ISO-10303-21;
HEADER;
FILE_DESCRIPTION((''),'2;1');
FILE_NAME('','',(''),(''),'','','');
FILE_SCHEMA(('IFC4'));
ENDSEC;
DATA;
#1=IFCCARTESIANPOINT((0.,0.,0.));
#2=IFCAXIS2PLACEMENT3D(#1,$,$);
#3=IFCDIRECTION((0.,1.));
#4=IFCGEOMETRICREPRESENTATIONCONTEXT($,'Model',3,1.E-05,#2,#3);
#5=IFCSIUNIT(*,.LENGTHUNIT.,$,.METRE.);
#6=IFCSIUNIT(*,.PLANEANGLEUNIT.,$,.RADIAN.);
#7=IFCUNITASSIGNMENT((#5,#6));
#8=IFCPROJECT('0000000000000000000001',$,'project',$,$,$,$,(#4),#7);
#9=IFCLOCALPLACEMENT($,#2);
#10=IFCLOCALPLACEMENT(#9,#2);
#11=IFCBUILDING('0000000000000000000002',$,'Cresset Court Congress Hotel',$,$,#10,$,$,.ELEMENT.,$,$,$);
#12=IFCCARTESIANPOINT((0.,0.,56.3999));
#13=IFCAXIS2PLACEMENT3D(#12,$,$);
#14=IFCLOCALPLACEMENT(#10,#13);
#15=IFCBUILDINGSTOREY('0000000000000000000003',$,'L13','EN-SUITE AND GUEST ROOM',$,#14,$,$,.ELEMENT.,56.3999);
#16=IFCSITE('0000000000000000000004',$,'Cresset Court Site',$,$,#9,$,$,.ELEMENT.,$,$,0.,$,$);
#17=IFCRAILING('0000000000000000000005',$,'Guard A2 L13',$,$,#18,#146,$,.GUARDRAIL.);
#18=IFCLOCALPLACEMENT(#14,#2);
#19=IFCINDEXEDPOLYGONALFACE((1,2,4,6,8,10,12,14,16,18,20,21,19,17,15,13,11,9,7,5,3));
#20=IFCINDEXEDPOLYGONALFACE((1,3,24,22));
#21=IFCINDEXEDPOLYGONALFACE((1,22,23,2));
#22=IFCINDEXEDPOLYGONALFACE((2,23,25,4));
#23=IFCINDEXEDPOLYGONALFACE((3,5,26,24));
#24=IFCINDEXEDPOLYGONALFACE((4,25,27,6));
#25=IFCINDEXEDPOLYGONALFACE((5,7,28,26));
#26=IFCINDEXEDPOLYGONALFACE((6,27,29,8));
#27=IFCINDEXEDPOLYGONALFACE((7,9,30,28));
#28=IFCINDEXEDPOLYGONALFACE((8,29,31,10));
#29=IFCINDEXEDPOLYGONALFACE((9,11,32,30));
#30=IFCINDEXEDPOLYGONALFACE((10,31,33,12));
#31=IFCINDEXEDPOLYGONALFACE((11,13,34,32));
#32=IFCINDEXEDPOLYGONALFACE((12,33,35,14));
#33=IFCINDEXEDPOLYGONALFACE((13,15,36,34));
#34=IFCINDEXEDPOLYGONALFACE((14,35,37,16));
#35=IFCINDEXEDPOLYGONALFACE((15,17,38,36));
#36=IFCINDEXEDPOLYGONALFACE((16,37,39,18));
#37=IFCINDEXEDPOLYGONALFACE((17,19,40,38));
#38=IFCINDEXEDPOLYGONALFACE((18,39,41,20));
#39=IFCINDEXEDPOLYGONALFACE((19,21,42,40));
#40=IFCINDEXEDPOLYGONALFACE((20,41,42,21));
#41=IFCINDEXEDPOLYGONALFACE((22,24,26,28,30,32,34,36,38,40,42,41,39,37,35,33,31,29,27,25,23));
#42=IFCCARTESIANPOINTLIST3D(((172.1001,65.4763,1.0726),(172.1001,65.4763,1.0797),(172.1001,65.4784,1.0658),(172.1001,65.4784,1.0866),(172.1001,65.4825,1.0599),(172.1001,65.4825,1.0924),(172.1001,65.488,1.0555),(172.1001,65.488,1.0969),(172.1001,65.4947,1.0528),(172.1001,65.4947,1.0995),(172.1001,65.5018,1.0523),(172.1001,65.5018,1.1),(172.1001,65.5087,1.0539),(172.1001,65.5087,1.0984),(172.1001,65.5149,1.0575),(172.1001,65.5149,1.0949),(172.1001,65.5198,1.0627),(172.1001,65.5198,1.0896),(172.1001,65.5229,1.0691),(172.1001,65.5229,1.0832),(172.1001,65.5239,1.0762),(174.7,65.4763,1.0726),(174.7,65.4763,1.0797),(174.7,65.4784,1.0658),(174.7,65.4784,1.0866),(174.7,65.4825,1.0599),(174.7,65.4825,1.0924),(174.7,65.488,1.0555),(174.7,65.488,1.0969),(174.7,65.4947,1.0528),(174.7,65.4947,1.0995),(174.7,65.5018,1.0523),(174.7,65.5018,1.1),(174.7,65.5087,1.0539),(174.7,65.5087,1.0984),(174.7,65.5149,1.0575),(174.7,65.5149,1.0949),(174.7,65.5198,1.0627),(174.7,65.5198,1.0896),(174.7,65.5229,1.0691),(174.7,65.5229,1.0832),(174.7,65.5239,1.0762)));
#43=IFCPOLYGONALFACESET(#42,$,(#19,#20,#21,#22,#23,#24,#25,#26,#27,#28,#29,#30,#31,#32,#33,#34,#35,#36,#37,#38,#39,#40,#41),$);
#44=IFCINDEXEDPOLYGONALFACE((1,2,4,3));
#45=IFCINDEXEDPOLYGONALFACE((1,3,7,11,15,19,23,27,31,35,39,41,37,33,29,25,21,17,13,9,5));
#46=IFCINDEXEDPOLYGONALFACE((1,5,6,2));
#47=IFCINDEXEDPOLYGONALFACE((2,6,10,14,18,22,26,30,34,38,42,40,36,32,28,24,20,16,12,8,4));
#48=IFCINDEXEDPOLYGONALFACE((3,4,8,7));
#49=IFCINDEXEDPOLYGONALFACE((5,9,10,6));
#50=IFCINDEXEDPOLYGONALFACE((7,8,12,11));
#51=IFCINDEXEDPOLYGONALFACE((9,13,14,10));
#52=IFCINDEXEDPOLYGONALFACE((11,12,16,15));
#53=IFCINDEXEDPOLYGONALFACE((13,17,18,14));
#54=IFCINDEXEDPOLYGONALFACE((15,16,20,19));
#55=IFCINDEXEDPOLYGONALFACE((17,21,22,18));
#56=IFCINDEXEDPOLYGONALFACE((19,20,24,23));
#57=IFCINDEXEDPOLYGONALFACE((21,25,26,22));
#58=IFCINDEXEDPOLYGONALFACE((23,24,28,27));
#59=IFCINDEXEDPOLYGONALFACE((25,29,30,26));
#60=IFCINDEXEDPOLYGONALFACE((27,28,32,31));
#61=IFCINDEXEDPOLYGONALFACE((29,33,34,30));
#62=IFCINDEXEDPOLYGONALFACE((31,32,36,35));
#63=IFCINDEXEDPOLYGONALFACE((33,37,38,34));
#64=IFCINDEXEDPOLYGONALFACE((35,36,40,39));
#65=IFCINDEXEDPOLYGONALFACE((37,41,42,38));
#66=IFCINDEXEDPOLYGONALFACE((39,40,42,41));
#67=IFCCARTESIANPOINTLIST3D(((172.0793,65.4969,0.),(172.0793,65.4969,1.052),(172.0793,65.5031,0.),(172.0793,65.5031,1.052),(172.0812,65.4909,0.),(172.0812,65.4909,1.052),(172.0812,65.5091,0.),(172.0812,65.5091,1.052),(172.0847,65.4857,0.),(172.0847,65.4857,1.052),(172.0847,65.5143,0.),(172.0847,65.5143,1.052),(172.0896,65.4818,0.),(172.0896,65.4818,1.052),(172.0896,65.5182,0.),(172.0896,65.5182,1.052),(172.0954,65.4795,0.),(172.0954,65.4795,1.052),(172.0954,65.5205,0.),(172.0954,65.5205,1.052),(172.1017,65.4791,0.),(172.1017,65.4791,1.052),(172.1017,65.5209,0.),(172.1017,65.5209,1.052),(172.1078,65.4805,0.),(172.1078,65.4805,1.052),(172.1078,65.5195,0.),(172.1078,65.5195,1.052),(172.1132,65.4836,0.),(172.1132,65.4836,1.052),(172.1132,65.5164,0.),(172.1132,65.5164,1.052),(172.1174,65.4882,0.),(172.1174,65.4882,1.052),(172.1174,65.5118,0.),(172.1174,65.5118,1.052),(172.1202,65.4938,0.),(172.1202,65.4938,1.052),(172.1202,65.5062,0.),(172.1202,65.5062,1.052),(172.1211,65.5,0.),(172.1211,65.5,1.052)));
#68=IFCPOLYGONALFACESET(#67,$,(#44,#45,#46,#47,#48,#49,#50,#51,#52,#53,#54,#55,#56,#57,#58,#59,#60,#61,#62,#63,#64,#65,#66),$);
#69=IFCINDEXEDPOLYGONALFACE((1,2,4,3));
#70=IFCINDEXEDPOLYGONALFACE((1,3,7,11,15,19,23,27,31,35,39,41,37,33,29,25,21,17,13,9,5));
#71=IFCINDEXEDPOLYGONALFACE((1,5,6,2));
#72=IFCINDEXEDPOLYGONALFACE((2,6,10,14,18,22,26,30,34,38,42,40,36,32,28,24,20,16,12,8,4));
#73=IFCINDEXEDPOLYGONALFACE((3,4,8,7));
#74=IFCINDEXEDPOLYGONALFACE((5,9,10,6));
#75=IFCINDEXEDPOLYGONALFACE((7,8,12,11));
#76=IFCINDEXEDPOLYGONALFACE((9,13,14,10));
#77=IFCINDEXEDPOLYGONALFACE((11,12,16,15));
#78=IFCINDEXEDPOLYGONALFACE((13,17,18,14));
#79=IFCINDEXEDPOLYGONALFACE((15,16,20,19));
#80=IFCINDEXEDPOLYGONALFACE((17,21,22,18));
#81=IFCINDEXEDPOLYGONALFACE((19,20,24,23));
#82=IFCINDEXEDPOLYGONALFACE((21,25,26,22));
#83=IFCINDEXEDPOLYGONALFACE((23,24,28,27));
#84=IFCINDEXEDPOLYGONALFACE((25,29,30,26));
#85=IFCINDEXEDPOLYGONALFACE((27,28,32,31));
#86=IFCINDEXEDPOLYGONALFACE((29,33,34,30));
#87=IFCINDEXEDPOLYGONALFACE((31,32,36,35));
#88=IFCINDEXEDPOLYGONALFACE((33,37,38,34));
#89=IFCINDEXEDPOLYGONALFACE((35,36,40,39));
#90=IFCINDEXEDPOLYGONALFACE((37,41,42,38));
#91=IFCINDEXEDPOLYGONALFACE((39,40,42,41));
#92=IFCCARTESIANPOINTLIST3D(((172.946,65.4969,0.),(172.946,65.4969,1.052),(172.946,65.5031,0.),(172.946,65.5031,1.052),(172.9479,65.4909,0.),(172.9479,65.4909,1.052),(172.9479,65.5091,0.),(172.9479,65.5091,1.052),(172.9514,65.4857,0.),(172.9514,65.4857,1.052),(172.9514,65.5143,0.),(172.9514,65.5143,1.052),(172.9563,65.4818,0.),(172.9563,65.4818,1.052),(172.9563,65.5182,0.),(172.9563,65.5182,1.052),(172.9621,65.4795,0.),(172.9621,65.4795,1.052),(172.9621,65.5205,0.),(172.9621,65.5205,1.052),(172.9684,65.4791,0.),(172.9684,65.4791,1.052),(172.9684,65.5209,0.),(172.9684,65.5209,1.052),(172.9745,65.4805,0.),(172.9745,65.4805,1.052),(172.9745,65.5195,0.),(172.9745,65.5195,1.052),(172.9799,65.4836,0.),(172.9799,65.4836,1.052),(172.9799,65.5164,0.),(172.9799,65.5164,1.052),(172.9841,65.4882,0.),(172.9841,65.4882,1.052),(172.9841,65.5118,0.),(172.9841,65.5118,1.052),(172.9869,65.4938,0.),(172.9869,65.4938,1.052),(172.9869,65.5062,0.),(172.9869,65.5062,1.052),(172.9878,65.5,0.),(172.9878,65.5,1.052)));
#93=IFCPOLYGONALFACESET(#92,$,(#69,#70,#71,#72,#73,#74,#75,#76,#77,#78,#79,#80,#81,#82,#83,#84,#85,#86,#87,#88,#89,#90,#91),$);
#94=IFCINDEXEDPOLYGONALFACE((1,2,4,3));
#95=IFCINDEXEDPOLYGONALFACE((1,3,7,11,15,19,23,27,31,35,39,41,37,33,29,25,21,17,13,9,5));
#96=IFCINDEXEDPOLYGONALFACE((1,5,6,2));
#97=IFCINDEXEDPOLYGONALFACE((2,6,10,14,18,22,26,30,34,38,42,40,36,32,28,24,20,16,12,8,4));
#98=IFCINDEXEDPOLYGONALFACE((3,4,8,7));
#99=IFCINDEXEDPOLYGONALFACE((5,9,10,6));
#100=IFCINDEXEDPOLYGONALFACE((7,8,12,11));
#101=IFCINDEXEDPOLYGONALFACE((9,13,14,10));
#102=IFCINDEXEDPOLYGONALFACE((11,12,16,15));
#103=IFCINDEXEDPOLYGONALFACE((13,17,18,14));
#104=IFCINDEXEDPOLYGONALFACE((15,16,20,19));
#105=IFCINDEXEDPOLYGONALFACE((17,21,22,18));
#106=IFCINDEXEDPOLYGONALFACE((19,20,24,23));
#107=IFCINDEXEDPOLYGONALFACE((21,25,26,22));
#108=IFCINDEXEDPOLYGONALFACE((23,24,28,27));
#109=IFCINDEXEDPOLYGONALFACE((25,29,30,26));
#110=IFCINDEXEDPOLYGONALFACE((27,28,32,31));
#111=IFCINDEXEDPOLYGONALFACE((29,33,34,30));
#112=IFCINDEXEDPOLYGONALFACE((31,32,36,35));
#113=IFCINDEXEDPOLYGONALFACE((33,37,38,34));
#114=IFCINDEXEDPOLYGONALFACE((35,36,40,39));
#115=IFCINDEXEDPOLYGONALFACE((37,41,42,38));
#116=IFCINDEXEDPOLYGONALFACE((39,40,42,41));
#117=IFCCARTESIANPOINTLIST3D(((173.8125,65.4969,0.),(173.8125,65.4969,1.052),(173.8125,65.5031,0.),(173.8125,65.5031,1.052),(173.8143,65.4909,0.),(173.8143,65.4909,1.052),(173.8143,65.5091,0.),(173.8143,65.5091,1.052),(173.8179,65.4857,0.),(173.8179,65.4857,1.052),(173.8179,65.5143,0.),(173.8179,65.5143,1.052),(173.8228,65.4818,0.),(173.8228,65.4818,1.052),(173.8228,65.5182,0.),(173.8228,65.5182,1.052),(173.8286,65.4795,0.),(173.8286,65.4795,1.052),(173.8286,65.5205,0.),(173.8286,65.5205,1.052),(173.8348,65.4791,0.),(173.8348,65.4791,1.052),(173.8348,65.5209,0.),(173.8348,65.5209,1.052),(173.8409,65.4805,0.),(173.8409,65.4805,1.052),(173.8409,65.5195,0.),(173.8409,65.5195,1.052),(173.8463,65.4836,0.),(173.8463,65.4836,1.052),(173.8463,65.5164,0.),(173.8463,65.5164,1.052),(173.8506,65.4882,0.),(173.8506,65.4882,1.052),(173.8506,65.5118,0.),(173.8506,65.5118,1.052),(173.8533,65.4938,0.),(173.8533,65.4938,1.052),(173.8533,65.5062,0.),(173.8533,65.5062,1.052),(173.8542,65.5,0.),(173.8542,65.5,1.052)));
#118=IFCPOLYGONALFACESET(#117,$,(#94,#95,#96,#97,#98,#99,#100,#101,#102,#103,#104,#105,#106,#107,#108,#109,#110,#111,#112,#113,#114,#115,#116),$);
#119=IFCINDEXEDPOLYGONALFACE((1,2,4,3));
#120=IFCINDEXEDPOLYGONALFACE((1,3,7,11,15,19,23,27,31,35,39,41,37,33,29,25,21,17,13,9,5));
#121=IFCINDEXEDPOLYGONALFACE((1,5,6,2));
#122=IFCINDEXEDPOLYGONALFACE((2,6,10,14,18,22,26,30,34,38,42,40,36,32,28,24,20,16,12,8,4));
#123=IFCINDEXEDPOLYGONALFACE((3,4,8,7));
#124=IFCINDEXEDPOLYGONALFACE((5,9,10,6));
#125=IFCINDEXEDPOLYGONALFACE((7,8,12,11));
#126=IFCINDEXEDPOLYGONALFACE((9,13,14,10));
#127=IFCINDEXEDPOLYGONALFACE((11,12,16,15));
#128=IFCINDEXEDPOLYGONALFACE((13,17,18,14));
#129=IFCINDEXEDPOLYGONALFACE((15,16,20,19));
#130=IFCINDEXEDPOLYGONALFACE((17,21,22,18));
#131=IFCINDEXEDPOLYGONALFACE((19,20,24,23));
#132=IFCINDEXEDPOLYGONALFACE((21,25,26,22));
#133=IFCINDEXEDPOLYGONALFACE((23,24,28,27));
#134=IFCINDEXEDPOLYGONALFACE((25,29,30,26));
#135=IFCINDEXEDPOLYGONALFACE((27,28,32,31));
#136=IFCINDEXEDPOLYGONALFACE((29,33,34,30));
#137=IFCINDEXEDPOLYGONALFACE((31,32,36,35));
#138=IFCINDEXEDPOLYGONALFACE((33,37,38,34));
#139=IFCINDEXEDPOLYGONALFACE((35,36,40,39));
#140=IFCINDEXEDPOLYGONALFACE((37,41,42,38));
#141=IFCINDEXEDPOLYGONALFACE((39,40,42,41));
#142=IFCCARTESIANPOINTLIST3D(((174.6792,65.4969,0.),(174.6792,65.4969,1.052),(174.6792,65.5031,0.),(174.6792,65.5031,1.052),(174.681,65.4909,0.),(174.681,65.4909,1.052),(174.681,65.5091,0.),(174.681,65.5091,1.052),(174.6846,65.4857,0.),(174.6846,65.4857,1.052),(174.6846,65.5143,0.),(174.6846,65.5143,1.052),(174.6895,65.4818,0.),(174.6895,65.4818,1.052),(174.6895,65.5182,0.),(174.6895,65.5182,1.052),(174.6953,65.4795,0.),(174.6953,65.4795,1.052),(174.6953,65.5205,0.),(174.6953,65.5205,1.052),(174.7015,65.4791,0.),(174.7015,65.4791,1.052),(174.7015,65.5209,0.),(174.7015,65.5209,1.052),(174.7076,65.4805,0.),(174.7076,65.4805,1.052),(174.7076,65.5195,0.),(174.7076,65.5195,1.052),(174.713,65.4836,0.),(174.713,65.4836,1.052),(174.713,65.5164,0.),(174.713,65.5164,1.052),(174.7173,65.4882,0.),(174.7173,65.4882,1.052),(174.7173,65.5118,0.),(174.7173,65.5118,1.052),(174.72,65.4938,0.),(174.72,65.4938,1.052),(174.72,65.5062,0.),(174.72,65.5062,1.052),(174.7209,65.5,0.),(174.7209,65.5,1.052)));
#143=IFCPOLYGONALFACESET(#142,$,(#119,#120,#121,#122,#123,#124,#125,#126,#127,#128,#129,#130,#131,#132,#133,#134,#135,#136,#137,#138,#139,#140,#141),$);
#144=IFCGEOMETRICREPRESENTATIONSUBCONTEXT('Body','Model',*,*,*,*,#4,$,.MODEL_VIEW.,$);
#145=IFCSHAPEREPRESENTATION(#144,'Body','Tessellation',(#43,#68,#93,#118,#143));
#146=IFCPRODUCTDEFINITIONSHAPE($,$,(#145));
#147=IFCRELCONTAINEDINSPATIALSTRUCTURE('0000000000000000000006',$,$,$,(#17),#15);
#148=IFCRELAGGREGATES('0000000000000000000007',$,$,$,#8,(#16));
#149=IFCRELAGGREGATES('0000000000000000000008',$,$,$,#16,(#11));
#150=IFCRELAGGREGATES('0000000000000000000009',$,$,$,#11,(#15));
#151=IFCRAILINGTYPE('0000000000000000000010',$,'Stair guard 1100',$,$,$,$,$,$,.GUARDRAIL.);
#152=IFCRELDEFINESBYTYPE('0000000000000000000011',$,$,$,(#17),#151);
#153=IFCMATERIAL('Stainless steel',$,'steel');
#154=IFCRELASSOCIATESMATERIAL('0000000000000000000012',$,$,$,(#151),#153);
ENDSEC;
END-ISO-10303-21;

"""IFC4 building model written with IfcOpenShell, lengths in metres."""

from ifc_helpers import new_model, si_unit, direction, frame, origin, origin_2d, place, context, subcontext, project, spatial, circle, extrude, material, type_object, element, save


model = new_model("IFC4")

# Units and contexts
model_context = context("Model", 3, precision=1e-05, world=origin(), true_north=direction((0.0, 1.0)))
body_context = subcontext(model_context, "Body", "Model", "MODEL_VIEW")
ifc_project = project(units=[si_unit("LENGTHUNIT", "METRE"), si_unit("PLANEANGLEUNIT", "RADIAN")], contexts=[model_context])

# Site, building, storey
site_placement = place(None, origin())
site = spatial("IfcSite", under=ifc_project, at=site_placement, Name="Cresset Court Site", CompositionType="ELEMENT", RefElevation=0.0)
building_placement = place(site_placement, origin())
building = spatial("IfcBuilding", under=site, at=building_placement, Name="Cresset Court Congress Hotel", CompositionType="ELEMENT")
storey_placement = place(building_placement, frame((0.0, 0.0, 56.3999)))
storey = spatial("IfcBuildingStorey", under=building, at=storey_placement, Name="L13", Description="EN-SUITE AND GUEST ROOM", CompositionType="ELEMENT", Elevation=56.3999)

# Railing
ifc_material_1 = material(Name="Stainless steel", Category="steel")
railing_type_1 = type_object("IfcRailingType", Name="Stair guard 1100", PredefinedType="GUARDRAIL", material=ifc_material_1)
railing_1_placement = place(storey_placement, frame((172.1001, 65.5, 0.0)))
element("IfcRailing", 1, at=railing_1_placement, inside=storey, type_object=railing_type_1, Name="Guard A2 L13", PredefinedType="GUARDRAIL", context=body_context, shape_type="SweptSolid", body=[
    extrude(circle(Radius=0.0239, at=origin_2d()), frame((0.0, 0.0, 1.0762), z_axis=(1.0, 0.0, 0.0), x_axis=(0.0, 1.0, 0.0)), (0.0, 0.0, 1.0), 2.5999),
    extrude(circle(Radius=0.021, at=origin_2d()), origin(), (0.0, 0.0, 1.0), 1.052),
    extrude(circle(Radius=0.021, at=origin_2d()), frame((0.8667, 0.0, 0.0)), (0.0, 0.0, 1.0), 1.052),
    extrude(circle(Radius=0.021, at=origin_2d()), frame((1.7332, 0.0, 0.0)), (0.0, 0.0, 1.0), 1.052),
    extrude(circle(Radius=0.021, at=origin_2d()), frame((2.5999, 0.0, 0.0)), (0.0, 0.0, 1.0), 1.052),
])

save(model, "model.ifc")
